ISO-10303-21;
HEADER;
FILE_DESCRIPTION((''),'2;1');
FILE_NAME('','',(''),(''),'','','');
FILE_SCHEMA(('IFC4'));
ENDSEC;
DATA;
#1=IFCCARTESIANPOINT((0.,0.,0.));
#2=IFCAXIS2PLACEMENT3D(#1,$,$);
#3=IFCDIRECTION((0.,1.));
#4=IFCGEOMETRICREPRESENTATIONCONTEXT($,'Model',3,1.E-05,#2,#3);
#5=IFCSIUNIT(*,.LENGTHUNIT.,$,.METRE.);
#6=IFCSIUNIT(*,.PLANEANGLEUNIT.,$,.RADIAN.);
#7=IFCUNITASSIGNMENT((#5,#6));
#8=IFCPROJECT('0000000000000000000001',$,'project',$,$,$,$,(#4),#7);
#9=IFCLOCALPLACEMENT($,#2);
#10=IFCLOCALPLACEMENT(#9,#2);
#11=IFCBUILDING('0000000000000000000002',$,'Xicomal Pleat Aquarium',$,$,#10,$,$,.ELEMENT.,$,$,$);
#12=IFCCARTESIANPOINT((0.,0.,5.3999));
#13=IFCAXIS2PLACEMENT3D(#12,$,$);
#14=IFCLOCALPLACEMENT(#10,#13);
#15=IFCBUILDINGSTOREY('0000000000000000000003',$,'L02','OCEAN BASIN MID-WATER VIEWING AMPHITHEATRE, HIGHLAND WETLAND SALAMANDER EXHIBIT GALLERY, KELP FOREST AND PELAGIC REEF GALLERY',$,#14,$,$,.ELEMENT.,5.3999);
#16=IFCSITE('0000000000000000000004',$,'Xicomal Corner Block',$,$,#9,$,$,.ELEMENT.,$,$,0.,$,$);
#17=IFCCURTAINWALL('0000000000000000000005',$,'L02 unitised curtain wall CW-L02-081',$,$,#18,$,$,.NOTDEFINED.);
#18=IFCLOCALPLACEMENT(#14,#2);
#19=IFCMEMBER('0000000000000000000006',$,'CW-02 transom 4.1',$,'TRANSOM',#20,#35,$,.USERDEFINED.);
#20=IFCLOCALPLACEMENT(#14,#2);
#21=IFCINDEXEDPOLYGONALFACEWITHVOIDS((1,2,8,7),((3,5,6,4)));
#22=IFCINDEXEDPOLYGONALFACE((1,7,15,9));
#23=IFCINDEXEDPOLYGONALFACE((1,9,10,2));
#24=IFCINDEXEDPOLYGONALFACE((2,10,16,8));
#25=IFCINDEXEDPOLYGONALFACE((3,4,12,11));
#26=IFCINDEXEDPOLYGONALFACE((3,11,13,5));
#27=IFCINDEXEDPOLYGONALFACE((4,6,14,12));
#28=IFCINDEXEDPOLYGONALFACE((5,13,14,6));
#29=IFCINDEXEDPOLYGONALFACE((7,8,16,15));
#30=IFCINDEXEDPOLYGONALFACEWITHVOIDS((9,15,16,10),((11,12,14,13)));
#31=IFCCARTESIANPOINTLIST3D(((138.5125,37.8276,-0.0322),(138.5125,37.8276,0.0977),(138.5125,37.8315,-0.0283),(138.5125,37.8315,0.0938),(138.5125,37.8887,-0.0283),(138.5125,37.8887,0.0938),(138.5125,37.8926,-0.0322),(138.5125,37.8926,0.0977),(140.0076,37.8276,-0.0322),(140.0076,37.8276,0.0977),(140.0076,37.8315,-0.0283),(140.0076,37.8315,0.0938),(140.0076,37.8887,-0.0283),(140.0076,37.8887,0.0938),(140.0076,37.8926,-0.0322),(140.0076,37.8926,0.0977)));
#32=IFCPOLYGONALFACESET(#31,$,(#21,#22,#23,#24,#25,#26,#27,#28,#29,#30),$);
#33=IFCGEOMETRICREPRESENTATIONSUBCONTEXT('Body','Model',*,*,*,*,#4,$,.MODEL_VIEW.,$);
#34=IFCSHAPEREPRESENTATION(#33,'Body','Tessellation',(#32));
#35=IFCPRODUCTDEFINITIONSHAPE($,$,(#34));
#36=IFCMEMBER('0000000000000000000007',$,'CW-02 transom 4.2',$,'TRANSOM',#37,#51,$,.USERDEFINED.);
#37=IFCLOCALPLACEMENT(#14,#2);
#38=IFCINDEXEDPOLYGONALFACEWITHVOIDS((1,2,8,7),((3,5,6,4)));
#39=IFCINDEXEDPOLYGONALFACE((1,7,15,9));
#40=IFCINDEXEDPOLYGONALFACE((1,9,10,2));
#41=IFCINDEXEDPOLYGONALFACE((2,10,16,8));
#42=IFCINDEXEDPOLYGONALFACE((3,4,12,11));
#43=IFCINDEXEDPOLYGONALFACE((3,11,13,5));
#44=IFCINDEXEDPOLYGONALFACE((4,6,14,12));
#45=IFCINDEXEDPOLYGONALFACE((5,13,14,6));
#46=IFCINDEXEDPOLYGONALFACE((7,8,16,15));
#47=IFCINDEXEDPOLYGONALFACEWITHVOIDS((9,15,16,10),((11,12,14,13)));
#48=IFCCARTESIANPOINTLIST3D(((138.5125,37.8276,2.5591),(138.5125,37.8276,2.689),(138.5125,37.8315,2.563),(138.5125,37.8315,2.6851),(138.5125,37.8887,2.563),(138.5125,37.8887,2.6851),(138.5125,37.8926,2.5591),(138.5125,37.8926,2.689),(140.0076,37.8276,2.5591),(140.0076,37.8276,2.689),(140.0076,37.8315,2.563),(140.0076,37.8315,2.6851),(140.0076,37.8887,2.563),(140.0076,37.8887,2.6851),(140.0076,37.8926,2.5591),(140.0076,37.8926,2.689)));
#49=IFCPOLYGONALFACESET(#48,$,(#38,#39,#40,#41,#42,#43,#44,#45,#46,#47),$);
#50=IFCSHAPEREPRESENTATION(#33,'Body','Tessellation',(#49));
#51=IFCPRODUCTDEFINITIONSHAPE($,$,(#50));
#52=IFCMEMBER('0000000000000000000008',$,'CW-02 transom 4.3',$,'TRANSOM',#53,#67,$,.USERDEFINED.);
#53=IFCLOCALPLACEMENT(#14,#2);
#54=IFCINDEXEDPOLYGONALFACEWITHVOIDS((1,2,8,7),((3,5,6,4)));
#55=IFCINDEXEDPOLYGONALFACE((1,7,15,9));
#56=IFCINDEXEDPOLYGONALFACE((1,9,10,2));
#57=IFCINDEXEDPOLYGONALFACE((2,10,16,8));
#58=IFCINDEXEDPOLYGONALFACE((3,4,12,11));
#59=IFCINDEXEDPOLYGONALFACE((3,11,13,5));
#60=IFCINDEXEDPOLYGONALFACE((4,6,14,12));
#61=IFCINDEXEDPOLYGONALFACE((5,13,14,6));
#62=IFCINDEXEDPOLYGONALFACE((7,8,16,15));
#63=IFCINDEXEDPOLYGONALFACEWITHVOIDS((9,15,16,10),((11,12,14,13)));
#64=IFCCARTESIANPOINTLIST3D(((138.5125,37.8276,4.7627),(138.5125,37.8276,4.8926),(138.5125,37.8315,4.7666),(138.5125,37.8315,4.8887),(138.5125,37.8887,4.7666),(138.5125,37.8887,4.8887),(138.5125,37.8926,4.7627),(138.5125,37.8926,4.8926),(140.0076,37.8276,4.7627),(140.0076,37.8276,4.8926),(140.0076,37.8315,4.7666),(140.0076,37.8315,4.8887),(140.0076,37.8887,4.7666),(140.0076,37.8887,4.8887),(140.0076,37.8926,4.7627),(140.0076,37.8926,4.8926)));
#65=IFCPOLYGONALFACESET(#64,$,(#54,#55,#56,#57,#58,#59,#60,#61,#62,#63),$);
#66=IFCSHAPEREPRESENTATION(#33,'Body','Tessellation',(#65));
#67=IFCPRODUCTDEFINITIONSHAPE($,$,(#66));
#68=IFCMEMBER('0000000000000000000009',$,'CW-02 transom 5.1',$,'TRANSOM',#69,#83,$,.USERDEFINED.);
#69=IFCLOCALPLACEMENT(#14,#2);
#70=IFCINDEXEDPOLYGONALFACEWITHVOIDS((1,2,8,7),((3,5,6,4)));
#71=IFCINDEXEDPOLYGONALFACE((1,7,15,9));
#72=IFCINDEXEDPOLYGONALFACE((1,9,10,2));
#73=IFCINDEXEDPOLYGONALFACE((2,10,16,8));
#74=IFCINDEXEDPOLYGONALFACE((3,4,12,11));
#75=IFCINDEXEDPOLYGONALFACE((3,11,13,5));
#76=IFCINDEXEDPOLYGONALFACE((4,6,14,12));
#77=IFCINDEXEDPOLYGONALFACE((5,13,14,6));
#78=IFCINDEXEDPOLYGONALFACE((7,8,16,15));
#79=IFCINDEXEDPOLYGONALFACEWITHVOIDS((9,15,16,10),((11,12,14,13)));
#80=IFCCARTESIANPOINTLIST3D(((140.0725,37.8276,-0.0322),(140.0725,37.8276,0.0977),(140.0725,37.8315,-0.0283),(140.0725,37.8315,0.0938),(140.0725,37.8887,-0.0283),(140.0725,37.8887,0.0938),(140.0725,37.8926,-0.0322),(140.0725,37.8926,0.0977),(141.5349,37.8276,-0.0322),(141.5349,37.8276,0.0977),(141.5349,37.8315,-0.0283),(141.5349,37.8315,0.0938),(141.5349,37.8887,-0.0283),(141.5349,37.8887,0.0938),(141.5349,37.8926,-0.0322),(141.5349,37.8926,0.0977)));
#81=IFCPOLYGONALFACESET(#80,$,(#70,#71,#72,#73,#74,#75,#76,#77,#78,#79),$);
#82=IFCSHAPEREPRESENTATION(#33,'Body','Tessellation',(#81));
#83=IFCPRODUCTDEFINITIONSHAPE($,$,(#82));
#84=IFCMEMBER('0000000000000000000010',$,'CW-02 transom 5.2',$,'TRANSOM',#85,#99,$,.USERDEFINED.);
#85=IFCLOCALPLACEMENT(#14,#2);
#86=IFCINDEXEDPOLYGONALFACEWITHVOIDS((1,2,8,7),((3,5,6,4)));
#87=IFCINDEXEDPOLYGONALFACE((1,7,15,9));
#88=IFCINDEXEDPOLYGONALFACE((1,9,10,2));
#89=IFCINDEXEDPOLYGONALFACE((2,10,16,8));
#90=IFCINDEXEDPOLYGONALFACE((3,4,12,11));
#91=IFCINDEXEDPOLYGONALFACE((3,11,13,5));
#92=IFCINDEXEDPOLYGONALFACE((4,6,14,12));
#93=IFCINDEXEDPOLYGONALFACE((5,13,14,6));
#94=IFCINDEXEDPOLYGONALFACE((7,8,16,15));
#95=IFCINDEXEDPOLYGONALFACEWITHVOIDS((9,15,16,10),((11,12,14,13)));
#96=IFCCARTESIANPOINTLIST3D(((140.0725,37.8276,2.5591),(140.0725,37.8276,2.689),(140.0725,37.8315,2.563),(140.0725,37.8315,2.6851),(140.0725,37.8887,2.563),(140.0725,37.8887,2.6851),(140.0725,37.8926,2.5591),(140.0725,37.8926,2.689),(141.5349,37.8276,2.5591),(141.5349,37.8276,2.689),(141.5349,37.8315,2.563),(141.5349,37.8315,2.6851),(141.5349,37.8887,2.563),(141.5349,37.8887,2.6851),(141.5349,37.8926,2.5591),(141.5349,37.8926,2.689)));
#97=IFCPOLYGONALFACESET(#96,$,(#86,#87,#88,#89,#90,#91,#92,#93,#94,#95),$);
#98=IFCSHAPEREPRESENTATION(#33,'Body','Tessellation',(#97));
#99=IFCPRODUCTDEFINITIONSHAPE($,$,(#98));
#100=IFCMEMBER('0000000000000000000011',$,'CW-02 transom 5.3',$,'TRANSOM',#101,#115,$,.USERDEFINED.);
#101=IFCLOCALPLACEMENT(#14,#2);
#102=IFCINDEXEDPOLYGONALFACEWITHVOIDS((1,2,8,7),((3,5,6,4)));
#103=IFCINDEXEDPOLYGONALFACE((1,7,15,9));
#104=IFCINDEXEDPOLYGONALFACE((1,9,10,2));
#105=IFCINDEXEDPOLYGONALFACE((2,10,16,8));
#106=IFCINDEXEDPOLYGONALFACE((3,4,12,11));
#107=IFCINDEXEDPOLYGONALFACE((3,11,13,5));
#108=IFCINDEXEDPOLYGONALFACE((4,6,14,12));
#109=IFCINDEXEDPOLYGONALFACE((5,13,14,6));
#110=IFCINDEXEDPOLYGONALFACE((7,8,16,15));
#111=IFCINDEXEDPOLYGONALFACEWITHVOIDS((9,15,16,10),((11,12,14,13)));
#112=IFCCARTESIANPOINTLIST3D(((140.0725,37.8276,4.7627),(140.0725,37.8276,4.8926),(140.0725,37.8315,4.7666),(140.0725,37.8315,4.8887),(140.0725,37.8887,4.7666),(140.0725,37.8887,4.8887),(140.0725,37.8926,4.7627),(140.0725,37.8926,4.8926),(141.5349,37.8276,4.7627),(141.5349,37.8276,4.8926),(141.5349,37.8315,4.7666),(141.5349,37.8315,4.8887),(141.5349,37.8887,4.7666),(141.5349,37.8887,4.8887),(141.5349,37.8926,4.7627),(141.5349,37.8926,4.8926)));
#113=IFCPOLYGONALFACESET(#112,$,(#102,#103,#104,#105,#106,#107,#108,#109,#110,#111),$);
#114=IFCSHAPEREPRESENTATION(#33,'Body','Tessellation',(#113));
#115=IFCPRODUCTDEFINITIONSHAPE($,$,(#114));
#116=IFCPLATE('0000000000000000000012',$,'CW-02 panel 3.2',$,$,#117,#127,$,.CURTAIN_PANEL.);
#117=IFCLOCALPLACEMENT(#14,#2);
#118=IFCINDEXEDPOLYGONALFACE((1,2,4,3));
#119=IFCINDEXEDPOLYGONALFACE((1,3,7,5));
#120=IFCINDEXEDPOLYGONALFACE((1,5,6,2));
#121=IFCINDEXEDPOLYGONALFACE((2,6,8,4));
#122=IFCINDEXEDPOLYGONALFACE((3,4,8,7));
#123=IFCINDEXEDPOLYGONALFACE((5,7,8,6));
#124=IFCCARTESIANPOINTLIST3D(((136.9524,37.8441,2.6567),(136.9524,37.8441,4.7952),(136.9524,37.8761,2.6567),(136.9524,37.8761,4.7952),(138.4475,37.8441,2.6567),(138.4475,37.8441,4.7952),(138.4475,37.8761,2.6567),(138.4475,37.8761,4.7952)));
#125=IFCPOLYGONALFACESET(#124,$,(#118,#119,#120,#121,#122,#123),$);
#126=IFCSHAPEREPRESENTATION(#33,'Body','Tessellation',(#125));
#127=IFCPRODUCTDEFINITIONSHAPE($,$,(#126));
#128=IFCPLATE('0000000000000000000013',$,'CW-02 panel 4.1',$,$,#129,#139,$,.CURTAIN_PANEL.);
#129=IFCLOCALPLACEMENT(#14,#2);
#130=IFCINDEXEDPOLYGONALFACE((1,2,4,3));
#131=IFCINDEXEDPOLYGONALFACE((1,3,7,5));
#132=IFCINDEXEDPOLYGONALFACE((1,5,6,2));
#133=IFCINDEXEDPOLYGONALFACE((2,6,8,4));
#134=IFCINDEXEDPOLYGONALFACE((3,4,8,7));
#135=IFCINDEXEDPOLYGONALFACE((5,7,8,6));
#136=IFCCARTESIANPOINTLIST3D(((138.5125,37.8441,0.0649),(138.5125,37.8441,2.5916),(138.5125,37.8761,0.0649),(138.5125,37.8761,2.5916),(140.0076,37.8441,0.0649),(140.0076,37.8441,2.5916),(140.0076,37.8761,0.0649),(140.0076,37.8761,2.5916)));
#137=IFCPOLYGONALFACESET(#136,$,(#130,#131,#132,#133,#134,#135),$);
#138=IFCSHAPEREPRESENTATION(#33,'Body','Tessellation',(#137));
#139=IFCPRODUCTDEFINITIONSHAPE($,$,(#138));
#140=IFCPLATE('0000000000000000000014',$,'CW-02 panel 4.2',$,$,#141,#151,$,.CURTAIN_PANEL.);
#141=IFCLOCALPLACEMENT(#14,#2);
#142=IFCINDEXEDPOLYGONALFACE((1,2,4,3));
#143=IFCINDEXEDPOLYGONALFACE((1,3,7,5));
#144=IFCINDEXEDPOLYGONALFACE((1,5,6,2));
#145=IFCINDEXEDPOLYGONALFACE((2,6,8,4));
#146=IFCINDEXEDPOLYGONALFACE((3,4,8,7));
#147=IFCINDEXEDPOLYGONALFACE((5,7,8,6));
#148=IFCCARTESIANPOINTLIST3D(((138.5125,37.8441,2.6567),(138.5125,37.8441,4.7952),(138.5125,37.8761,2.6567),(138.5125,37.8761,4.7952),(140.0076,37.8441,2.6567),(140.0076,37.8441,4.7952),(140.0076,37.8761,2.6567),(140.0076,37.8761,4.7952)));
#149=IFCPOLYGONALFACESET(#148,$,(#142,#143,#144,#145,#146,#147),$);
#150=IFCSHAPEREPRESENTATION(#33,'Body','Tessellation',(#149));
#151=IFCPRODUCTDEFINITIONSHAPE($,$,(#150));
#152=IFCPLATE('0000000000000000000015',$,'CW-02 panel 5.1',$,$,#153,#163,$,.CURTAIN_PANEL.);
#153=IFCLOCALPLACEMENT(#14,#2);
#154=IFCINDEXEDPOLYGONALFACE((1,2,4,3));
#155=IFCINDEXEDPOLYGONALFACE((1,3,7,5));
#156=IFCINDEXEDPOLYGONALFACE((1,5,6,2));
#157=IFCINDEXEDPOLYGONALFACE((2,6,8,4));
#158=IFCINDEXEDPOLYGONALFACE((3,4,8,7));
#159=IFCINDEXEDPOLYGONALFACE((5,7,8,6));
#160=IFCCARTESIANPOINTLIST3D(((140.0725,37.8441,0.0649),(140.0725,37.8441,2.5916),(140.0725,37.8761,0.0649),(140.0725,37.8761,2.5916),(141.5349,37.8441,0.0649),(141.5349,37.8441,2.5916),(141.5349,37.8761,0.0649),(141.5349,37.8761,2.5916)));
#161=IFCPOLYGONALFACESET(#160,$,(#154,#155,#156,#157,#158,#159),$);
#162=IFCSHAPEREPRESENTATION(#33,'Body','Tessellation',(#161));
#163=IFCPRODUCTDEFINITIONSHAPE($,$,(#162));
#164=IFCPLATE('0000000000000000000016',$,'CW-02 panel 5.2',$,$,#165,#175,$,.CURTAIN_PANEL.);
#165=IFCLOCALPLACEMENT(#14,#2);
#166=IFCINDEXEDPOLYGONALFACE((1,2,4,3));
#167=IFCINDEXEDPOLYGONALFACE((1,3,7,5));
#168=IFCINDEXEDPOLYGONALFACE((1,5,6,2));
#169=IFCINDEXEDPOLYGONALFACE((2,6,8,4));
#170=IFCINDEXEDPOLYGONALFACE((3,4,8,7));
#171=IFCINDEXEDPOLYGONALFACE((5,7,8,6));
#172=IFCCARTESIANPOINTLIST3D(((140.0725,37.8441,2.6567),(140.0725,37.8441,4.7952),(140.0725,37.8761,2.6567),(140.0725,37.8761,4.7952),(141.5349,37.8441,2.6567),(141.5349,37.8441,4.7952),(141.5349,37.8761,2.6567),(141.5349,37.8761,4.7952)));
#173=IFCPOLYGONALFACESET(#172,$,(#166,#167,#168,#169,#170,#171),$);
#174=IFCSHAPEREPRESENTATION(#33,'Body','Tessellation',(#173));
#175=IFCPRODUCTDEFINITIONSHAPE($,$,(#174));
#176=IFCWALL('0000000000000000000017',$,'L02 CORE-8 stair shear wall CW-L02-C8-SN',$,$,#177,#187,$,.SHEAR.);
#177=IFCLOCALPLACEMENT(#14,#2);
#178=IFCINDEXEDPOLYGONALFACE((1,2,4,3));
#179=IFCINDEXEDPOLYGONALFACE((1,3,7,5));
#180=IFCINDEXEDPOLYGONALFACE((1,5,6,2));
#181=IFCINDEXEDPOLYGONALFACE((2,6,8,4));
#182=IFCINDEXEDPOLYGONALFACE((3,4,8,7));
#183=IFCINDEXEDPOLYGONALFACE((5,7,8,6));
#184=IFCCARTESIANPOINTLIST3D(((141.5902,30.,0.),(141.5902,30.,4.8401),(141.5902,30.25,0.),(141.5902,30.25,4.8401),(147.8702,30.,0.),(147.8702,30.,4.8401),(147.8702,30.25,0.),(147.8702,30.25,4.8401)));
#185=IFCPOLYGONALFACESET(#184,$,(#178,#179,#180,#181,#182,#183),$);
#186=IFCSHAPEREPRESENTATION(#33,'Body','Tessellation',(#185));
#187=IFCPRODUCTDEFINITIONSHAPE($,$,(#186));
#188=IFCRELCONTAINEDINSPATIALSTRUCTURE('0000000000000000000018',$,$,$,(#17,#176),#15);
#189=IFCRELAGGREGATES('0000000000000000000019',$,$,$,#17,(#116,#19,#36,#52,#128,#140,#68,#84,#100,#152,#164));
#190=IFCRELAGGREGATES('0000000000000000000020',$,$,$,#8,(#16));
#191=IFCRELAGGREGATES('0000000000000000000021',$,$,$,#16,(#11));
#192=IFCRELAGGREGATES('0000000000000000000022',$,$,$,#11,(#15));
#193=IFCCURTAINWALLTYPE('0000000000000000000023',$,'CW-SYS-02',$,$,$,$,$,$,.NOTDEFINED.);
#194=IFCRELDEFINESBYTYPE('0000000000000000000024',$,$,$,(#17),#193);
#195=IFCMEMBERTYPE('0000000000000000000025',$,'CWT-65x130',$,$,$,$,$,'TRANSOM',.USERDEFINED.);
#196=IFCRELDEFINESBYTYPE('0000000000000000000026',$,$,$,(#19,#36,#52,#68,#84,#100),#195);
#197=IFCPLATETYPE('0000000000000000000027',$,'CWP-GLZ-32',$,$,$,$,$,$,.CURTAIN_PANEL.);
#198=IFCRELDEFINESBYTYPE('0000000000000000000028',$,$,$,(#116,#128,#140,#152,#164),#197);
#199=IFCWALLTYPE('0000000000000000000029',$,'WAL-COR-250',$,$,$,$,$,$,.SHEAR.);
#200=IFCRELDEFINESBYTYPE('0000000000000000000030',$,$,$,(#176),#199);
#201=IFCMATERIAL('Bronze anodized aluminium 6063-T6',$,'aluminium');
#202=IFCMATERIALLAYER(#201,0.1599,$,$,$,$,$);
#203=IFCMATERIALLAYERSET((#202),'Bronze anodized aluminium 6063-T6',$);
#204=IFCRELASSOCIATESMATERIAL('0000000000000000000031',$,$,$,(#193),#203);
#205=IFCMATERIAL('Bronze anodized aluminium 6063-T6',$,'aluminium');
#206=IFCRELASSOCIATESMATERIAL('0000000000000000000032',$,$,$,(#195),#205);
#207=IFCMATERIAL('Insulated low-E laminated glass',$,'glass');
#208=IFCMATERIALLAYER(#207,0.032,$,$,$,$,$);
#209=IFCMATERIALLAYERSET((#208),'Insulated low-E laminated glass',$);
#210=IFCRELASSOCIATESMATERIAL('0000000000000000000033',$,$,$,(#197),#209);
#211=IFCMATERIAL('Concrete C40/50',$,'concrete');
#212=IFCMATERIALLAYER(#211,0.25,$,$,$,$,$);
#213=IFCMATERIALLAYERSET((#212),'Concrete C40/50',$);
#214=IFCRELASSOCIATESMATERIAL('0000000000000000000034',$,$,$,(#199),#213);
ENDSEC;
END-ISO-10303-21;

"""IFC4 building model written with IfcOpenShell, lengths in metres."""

from ifc_helpers import new_model, si_unit, direction, frame, frame_2d, origin, origin_2d, place, context, subcontext, project, spatial, rectangle, hollow_rectangle, extrude, material, layer, layer_set, material_profile, profile_set, type_object, element, aggregate, save


model = new_model("IFC4")

# Units and contexts
model_context = context("Model", 3, precision=1e-05, world=origin(), true_north=direction((0.0, 1.0)))
body_context = subcontext(model_context, "Body", "Model", "MODEL_VIEW")
ifc_project = project(units=[si_unit("LENGTHUNIT", "METRE"), si_unit("PLANEANGLEUNIT", "RADIAN")], contexts=[model_context])

# Site, building, storey
site_placement = place(None, origin())
site = spatial("IfcSite", under=ifc_project, at=site_placement, Name="Xicomal Corner Block", CompositionType="ELEMENT", RefElevation=0.0)
building_placement = place(site_placement, origin())
building = spatial("IfcBuilding", under=site, at=building_placement, Name="Xicomal Pleat Aquarium", CompositionType="ELEMENT")
storey_placement = place(building_placement, frame((0.0, 0.0, 5.3999)))
storey = spatial("IfcBuildingStorey", under=building, at=storey_placement, Name="L02", Description="OCEAN BASIN MID-WATER VIEWING AMPHITHEATRE, HIGHLAND WETLAND SALAMANDER EXHIBIT GALLERY, KELP FOREST AND PELAGIC REEF GALLERY", CompositionType="ELEMENT", Elevation=5.3999)

# Curtain wall, members, plates
ifc_material_1 = material(Name="Bronze anodized aluminium 6063-T6", Category="aluminium")
ifc_layer_1 = layer(ifc_material_1, 0.1599)
ifc_layer_set_1 = layer_set([ifc_layer_1], Name="Bronze anodized aluminium 6063-T6")
curtain_wall_type = type_object("IfcCurtainWallType", Name="CW-SYS-02", PredefinedType="NOTDEFINED", material=ifc_layer_set_1)
curtain_wall_placement = place(storey_placement, origin())
curtain_wall = element("IfcCurtainWall", 1, at=curtain_wall_placement, inside=storey, type_object=curtain_wall_type, Name="L02 unitised curtain wall CW-L02-081", PredefinedType="NOTDEFINED")
ifc_material_2 = material(Name="Bronze anodized aluminium 6063-T6", Category="aluminium")
ifc_material_profile_1 = material_profile(ifc_material_2, hollow_rectangle(XDim=0.0649, YDim=0.1299, WallThickness=0.0039, at=origin_2d()), Name="ALU TRAN 65x130")
ifc_profile_set_1 = profile_set([ifc_material_profile_1], Name="Bronze anodized aluminium 6063-T6")
member_type_1 = type_object("IfcMemberType", Name="CWT-65x130", ElementType="TRANSOM", PredefinedType="USERDEFINED", material=ifc_profile_set_1)
member_1_placement = place(storey_placement, frame((138.5125, 37.8601, 0.0327), z_axis=(1.0, 0.0, 0.0), x_axis=(0.0, 1.0, 0.0)))
member_1 = element("IfcMember", 2, at=member_1_placement, type_object=member_type_1, Name="CW-02 transom 4.1", ObjectType="TRANSOM", PredefinedType="USERDEFINED", context=body_context, shape_type="SweptSolid", body=[
    extrude(hollow_rectangle(XDim=0.0649, YDim=0.1299, WallThickness=0.0039, at=origin_2d()), origin(), (0.0, 0.0, 1.0), 1.4951),
])
member_2_placement = place(storey_placement, frame((138.5125, 37.8601, 2.624), z_axis=(1.0, 0.0, 0.0), x_axis=(0.0, 1.0, 0.0)))
member_2 = element("IfcMember", 3, at=member_2_placement, type_object=member_type_1, Name="CW-02 transom 4.2", ObjectType="TRANSOM", PredefinedType="USERDEFINED", context=body_context, shape_type="SweptSolid", body=[
    extrude(hollow_rectangle(XDim=0.0649, YDim=0.1299, WallThickness=0.0039, at=origin_2d()), origin(), (0.0, 0.0, 1.0), 1.4951),
])
member_3_placement = place(storey_placement, frame((138.5125, 37.8601, 4.8276), z_axis=(1.0, 0.0, 0.0), x_axis=(0.0, 1.0, 0.0)))
member_3 = element("IfcMember", 4, at=member_3_placement, type_object=member_type_1, Name="CW-02 transom 4.3", ObjectType="TRANSOM", PredefinedType="USERDEFINED", context=body_context, shape_type="SweptSolid", body=[
    extrude(hollow_rectangle(XDim=0.0649, YDim=0.1299, WallThickness=0.0039, at=origin_2d()), origin(), (0.0, 0.0, 1.0), 1.4951),
])
member_4_placement = place(storey_placement, frame((140.0725, 37.8601, 0.0327), z_axis=(1.0, 0.0, 0.0), x_axis=(0.0, 1.0, 0.0)))
member_4 = element("IfcMember", 5, at=member_4_placement, type_object=member_type_1, Name="CW-02 transom 5.1", ObjectType="TRANSOM", PredefinedType="USERDEFINED", context=body_context, shape_type="SweptSolid", body=[
    extrude(hollow_rectangle(XDim=0.0649, YDim=0.1299, WallThickness=0.0039, at=origin_2d()), origin(), (0.0, 0.0, 1.0), 1.4624),
])
member_5_placement = place(storey_placement, frame((140.0725, 37.8601, 2.624), z_axis=(1.0, 0.0, 0.0), x_axis=(0.0, 1.0, 0.0)))
member_5 = element("IfcMember", 6, at=member_5_placement, type_object=member_type_1, Name="CW-02 transom 5.2", ObjectType="TRANSOM", PredefinedType="USERDEFINED", context=body_context, shape_type="SweptSolid", body=[
    extrude(hollow_rectangle(XDim=0.0649, YDim=0.1299, WallThickness=0.0039, at=origin_2d()), origin(), (0.0, 0.0, 1.0), 1.4624),
])
member_6_placement = place(storey_placement, frame((140.0725, 37.8601, 4.8276), z_axis=(1.0, 0.0, 0.0), x_axis=(0.0, 1.0, 0.0)))
member_6 = element("IfcMember", 7, at=member_6_placement, type_object=member_type_1, Name="CW-02 transom 5.3", ObjectType="TRANSOM", PredefinedType="USERDEFINED", context=body_context, shape_type="SweptSolid", body=[
    extrude(hollow_rectangle(XDim=0.0649, YDim=0.1299, WallThickness=0.0039, at=origin_2d()), origin(), (0.0, 0.0, 1.0), 1.4624),
])
ifc_material_3 = material(Name="Insulated low-E laminated glass", Category="glass")
ifc_layer_2 = layer(ifc_material_3, 0.032)
ifc_layer_set_2 = layer_set([ifc_layer_2], Name="Insulated low-E laminated glass")
plate_type = type_object("IfcPlateType", Name="CWP-GLZ-32", PredefinedType="CURTAIN_PANEL", material=ifc_layer_set_2)
plate_1_placement = place(storey_placement, frame((137.7, 37.8601, 2.6567), z_axis=(0.0, 0.0, 1.0), x_axis=(1.0, 0.0, 0.0)))
plate_1 = element("IfcPlate", 8, at=plate_1_placement, type_object=plate_type, Name="CW-02 panel 3.2", PredefinedType="CURTAIN_PANEL", context=body_context, shape_type="SweptSolid", body=[
    extrude(rectangle(XDim=1.4951, YDim=0.032, at=origin_2d()), origin(), (0.0, 0.0, 1.0), 2.1384),
])
plate_2_placement = place(storey_placement, frame((139.26, 37.8601, 0.0649), z_axis=(0.0, 0.0, 1.0), x_axis=(1.0, 0.0, 0.0)))
plate_2 = element("IfcPlate", 9, at=plate_2_placement, type_object=plate_type, Name="CW-02 panel 4.1", PredefinedType="CURTAIN_PANEL", context=body_context, shape_type="SweptSolid", body=[
    extrude(rectangle(XDim=1.4951, YDim=0.032, at=origin_2d()), origin(), (0.0, 0.0, 1.0), 2.5266),
])
plate_3_placement = place(storey_placement, frame((139.26, 37.8601, 2.6567), z_axis=(0.0, 0.0, 1.0), x_axis=(1.0, 0.0, 0.0)))
plate_3 = element("IfcPlate", 10, at=plate_3_placement, type_object=plate_type, Name="CW-02 panel 4.2", PredefinedType="CURTAIN_PANEL", context=body_context, shape_type="SweptSolid", body=[
    extrude(rectangle(XDim=1.4951, YDim=0.032, at=origin_2d()), origin(), (0.0, 0.0, 1.0), 2.1384),
])
plate_4_placement = place(storey_placement, frame((140.8037, 37.8601, 0.0649), z_axis=(0.0, 0.0, 1.0), x_axis=(1.0, 0.0, 0.0)))
plate_4 = element("IfcPlate", 11, at=plate_4_placement, type_object=plate_type, Name="CW-02 panel 5.1", PredefinedType="CURTAIN_PANEL", context=body_context, shape_type="SweptSolid", body=[
    extrude(rectangle(XDim=1.4624, YDim=0.032, at=origin_2d()), origin(), (0.0, 0.0, 1.0), 2.5266),
])
plate_5_placement = place(storey_placement, frame((140.8037, 37.8601, 2.6567), z_axis=(0.0, 0.0, 1.0), x_axis=(1.0, 0.0, 0.0)))
plate_5 = element("IfcPlate", 12, at=plate_5_placement, type_object=plate_type, Name="CW-02 panel 5.2", PredefinedType="CURTAIN_PANEL", context=body_context, shape_type="SweptSolid", body=[
    extrude(rectangle(XDim=1.4624, YDim=0.032, at=origin_2d()), origin(), (0.0, 0.0, 1.0), 2.1384),
])
aggregate(curtain_wall, [plate_1, member_1, member_2, member_3, plate_2, plate_3, member_4, member_5, member_6, plate_4, plate_5])

# Wall
ifc_material_4 = material(Name="Concrete C40/50", Category="concrete")
ifc_layer_3 = layer(ifc_material_4, 0.25)
ifc_layer_set_3 = layer_set([ifc_layer_3], Name="Concrete C40/50")
wall_type_1 = type_object("IfcWallType", Name="WAL-COR-250", PredefinedType="SHEAR", material=ifc_layer_set_3)
wall_1_placement = place(storey_placement, frame((141.5901, 30.125, 0.0), z_axis=(0.0, 0.0, 1.0), x_axis=(1.0, 0.0, 0.0)))
element("IfcWall", 13, at=wall_1_placement, inside=storey, type_object=wall_type_1, Name="L02 CORE-8 stair shear wall CW-L02-C8-SN", PredefinedType="SHEAR", context=body_context, shape_type="SweptSolid", body=[
    extrude(rectangle(XDim=6.28, YDim=0.25, at=frame_2d((3.1401, 0.0))), origin(), (0.0, 0.0, 1.0), 4.8401),
])

save(model, "model.ifc")
